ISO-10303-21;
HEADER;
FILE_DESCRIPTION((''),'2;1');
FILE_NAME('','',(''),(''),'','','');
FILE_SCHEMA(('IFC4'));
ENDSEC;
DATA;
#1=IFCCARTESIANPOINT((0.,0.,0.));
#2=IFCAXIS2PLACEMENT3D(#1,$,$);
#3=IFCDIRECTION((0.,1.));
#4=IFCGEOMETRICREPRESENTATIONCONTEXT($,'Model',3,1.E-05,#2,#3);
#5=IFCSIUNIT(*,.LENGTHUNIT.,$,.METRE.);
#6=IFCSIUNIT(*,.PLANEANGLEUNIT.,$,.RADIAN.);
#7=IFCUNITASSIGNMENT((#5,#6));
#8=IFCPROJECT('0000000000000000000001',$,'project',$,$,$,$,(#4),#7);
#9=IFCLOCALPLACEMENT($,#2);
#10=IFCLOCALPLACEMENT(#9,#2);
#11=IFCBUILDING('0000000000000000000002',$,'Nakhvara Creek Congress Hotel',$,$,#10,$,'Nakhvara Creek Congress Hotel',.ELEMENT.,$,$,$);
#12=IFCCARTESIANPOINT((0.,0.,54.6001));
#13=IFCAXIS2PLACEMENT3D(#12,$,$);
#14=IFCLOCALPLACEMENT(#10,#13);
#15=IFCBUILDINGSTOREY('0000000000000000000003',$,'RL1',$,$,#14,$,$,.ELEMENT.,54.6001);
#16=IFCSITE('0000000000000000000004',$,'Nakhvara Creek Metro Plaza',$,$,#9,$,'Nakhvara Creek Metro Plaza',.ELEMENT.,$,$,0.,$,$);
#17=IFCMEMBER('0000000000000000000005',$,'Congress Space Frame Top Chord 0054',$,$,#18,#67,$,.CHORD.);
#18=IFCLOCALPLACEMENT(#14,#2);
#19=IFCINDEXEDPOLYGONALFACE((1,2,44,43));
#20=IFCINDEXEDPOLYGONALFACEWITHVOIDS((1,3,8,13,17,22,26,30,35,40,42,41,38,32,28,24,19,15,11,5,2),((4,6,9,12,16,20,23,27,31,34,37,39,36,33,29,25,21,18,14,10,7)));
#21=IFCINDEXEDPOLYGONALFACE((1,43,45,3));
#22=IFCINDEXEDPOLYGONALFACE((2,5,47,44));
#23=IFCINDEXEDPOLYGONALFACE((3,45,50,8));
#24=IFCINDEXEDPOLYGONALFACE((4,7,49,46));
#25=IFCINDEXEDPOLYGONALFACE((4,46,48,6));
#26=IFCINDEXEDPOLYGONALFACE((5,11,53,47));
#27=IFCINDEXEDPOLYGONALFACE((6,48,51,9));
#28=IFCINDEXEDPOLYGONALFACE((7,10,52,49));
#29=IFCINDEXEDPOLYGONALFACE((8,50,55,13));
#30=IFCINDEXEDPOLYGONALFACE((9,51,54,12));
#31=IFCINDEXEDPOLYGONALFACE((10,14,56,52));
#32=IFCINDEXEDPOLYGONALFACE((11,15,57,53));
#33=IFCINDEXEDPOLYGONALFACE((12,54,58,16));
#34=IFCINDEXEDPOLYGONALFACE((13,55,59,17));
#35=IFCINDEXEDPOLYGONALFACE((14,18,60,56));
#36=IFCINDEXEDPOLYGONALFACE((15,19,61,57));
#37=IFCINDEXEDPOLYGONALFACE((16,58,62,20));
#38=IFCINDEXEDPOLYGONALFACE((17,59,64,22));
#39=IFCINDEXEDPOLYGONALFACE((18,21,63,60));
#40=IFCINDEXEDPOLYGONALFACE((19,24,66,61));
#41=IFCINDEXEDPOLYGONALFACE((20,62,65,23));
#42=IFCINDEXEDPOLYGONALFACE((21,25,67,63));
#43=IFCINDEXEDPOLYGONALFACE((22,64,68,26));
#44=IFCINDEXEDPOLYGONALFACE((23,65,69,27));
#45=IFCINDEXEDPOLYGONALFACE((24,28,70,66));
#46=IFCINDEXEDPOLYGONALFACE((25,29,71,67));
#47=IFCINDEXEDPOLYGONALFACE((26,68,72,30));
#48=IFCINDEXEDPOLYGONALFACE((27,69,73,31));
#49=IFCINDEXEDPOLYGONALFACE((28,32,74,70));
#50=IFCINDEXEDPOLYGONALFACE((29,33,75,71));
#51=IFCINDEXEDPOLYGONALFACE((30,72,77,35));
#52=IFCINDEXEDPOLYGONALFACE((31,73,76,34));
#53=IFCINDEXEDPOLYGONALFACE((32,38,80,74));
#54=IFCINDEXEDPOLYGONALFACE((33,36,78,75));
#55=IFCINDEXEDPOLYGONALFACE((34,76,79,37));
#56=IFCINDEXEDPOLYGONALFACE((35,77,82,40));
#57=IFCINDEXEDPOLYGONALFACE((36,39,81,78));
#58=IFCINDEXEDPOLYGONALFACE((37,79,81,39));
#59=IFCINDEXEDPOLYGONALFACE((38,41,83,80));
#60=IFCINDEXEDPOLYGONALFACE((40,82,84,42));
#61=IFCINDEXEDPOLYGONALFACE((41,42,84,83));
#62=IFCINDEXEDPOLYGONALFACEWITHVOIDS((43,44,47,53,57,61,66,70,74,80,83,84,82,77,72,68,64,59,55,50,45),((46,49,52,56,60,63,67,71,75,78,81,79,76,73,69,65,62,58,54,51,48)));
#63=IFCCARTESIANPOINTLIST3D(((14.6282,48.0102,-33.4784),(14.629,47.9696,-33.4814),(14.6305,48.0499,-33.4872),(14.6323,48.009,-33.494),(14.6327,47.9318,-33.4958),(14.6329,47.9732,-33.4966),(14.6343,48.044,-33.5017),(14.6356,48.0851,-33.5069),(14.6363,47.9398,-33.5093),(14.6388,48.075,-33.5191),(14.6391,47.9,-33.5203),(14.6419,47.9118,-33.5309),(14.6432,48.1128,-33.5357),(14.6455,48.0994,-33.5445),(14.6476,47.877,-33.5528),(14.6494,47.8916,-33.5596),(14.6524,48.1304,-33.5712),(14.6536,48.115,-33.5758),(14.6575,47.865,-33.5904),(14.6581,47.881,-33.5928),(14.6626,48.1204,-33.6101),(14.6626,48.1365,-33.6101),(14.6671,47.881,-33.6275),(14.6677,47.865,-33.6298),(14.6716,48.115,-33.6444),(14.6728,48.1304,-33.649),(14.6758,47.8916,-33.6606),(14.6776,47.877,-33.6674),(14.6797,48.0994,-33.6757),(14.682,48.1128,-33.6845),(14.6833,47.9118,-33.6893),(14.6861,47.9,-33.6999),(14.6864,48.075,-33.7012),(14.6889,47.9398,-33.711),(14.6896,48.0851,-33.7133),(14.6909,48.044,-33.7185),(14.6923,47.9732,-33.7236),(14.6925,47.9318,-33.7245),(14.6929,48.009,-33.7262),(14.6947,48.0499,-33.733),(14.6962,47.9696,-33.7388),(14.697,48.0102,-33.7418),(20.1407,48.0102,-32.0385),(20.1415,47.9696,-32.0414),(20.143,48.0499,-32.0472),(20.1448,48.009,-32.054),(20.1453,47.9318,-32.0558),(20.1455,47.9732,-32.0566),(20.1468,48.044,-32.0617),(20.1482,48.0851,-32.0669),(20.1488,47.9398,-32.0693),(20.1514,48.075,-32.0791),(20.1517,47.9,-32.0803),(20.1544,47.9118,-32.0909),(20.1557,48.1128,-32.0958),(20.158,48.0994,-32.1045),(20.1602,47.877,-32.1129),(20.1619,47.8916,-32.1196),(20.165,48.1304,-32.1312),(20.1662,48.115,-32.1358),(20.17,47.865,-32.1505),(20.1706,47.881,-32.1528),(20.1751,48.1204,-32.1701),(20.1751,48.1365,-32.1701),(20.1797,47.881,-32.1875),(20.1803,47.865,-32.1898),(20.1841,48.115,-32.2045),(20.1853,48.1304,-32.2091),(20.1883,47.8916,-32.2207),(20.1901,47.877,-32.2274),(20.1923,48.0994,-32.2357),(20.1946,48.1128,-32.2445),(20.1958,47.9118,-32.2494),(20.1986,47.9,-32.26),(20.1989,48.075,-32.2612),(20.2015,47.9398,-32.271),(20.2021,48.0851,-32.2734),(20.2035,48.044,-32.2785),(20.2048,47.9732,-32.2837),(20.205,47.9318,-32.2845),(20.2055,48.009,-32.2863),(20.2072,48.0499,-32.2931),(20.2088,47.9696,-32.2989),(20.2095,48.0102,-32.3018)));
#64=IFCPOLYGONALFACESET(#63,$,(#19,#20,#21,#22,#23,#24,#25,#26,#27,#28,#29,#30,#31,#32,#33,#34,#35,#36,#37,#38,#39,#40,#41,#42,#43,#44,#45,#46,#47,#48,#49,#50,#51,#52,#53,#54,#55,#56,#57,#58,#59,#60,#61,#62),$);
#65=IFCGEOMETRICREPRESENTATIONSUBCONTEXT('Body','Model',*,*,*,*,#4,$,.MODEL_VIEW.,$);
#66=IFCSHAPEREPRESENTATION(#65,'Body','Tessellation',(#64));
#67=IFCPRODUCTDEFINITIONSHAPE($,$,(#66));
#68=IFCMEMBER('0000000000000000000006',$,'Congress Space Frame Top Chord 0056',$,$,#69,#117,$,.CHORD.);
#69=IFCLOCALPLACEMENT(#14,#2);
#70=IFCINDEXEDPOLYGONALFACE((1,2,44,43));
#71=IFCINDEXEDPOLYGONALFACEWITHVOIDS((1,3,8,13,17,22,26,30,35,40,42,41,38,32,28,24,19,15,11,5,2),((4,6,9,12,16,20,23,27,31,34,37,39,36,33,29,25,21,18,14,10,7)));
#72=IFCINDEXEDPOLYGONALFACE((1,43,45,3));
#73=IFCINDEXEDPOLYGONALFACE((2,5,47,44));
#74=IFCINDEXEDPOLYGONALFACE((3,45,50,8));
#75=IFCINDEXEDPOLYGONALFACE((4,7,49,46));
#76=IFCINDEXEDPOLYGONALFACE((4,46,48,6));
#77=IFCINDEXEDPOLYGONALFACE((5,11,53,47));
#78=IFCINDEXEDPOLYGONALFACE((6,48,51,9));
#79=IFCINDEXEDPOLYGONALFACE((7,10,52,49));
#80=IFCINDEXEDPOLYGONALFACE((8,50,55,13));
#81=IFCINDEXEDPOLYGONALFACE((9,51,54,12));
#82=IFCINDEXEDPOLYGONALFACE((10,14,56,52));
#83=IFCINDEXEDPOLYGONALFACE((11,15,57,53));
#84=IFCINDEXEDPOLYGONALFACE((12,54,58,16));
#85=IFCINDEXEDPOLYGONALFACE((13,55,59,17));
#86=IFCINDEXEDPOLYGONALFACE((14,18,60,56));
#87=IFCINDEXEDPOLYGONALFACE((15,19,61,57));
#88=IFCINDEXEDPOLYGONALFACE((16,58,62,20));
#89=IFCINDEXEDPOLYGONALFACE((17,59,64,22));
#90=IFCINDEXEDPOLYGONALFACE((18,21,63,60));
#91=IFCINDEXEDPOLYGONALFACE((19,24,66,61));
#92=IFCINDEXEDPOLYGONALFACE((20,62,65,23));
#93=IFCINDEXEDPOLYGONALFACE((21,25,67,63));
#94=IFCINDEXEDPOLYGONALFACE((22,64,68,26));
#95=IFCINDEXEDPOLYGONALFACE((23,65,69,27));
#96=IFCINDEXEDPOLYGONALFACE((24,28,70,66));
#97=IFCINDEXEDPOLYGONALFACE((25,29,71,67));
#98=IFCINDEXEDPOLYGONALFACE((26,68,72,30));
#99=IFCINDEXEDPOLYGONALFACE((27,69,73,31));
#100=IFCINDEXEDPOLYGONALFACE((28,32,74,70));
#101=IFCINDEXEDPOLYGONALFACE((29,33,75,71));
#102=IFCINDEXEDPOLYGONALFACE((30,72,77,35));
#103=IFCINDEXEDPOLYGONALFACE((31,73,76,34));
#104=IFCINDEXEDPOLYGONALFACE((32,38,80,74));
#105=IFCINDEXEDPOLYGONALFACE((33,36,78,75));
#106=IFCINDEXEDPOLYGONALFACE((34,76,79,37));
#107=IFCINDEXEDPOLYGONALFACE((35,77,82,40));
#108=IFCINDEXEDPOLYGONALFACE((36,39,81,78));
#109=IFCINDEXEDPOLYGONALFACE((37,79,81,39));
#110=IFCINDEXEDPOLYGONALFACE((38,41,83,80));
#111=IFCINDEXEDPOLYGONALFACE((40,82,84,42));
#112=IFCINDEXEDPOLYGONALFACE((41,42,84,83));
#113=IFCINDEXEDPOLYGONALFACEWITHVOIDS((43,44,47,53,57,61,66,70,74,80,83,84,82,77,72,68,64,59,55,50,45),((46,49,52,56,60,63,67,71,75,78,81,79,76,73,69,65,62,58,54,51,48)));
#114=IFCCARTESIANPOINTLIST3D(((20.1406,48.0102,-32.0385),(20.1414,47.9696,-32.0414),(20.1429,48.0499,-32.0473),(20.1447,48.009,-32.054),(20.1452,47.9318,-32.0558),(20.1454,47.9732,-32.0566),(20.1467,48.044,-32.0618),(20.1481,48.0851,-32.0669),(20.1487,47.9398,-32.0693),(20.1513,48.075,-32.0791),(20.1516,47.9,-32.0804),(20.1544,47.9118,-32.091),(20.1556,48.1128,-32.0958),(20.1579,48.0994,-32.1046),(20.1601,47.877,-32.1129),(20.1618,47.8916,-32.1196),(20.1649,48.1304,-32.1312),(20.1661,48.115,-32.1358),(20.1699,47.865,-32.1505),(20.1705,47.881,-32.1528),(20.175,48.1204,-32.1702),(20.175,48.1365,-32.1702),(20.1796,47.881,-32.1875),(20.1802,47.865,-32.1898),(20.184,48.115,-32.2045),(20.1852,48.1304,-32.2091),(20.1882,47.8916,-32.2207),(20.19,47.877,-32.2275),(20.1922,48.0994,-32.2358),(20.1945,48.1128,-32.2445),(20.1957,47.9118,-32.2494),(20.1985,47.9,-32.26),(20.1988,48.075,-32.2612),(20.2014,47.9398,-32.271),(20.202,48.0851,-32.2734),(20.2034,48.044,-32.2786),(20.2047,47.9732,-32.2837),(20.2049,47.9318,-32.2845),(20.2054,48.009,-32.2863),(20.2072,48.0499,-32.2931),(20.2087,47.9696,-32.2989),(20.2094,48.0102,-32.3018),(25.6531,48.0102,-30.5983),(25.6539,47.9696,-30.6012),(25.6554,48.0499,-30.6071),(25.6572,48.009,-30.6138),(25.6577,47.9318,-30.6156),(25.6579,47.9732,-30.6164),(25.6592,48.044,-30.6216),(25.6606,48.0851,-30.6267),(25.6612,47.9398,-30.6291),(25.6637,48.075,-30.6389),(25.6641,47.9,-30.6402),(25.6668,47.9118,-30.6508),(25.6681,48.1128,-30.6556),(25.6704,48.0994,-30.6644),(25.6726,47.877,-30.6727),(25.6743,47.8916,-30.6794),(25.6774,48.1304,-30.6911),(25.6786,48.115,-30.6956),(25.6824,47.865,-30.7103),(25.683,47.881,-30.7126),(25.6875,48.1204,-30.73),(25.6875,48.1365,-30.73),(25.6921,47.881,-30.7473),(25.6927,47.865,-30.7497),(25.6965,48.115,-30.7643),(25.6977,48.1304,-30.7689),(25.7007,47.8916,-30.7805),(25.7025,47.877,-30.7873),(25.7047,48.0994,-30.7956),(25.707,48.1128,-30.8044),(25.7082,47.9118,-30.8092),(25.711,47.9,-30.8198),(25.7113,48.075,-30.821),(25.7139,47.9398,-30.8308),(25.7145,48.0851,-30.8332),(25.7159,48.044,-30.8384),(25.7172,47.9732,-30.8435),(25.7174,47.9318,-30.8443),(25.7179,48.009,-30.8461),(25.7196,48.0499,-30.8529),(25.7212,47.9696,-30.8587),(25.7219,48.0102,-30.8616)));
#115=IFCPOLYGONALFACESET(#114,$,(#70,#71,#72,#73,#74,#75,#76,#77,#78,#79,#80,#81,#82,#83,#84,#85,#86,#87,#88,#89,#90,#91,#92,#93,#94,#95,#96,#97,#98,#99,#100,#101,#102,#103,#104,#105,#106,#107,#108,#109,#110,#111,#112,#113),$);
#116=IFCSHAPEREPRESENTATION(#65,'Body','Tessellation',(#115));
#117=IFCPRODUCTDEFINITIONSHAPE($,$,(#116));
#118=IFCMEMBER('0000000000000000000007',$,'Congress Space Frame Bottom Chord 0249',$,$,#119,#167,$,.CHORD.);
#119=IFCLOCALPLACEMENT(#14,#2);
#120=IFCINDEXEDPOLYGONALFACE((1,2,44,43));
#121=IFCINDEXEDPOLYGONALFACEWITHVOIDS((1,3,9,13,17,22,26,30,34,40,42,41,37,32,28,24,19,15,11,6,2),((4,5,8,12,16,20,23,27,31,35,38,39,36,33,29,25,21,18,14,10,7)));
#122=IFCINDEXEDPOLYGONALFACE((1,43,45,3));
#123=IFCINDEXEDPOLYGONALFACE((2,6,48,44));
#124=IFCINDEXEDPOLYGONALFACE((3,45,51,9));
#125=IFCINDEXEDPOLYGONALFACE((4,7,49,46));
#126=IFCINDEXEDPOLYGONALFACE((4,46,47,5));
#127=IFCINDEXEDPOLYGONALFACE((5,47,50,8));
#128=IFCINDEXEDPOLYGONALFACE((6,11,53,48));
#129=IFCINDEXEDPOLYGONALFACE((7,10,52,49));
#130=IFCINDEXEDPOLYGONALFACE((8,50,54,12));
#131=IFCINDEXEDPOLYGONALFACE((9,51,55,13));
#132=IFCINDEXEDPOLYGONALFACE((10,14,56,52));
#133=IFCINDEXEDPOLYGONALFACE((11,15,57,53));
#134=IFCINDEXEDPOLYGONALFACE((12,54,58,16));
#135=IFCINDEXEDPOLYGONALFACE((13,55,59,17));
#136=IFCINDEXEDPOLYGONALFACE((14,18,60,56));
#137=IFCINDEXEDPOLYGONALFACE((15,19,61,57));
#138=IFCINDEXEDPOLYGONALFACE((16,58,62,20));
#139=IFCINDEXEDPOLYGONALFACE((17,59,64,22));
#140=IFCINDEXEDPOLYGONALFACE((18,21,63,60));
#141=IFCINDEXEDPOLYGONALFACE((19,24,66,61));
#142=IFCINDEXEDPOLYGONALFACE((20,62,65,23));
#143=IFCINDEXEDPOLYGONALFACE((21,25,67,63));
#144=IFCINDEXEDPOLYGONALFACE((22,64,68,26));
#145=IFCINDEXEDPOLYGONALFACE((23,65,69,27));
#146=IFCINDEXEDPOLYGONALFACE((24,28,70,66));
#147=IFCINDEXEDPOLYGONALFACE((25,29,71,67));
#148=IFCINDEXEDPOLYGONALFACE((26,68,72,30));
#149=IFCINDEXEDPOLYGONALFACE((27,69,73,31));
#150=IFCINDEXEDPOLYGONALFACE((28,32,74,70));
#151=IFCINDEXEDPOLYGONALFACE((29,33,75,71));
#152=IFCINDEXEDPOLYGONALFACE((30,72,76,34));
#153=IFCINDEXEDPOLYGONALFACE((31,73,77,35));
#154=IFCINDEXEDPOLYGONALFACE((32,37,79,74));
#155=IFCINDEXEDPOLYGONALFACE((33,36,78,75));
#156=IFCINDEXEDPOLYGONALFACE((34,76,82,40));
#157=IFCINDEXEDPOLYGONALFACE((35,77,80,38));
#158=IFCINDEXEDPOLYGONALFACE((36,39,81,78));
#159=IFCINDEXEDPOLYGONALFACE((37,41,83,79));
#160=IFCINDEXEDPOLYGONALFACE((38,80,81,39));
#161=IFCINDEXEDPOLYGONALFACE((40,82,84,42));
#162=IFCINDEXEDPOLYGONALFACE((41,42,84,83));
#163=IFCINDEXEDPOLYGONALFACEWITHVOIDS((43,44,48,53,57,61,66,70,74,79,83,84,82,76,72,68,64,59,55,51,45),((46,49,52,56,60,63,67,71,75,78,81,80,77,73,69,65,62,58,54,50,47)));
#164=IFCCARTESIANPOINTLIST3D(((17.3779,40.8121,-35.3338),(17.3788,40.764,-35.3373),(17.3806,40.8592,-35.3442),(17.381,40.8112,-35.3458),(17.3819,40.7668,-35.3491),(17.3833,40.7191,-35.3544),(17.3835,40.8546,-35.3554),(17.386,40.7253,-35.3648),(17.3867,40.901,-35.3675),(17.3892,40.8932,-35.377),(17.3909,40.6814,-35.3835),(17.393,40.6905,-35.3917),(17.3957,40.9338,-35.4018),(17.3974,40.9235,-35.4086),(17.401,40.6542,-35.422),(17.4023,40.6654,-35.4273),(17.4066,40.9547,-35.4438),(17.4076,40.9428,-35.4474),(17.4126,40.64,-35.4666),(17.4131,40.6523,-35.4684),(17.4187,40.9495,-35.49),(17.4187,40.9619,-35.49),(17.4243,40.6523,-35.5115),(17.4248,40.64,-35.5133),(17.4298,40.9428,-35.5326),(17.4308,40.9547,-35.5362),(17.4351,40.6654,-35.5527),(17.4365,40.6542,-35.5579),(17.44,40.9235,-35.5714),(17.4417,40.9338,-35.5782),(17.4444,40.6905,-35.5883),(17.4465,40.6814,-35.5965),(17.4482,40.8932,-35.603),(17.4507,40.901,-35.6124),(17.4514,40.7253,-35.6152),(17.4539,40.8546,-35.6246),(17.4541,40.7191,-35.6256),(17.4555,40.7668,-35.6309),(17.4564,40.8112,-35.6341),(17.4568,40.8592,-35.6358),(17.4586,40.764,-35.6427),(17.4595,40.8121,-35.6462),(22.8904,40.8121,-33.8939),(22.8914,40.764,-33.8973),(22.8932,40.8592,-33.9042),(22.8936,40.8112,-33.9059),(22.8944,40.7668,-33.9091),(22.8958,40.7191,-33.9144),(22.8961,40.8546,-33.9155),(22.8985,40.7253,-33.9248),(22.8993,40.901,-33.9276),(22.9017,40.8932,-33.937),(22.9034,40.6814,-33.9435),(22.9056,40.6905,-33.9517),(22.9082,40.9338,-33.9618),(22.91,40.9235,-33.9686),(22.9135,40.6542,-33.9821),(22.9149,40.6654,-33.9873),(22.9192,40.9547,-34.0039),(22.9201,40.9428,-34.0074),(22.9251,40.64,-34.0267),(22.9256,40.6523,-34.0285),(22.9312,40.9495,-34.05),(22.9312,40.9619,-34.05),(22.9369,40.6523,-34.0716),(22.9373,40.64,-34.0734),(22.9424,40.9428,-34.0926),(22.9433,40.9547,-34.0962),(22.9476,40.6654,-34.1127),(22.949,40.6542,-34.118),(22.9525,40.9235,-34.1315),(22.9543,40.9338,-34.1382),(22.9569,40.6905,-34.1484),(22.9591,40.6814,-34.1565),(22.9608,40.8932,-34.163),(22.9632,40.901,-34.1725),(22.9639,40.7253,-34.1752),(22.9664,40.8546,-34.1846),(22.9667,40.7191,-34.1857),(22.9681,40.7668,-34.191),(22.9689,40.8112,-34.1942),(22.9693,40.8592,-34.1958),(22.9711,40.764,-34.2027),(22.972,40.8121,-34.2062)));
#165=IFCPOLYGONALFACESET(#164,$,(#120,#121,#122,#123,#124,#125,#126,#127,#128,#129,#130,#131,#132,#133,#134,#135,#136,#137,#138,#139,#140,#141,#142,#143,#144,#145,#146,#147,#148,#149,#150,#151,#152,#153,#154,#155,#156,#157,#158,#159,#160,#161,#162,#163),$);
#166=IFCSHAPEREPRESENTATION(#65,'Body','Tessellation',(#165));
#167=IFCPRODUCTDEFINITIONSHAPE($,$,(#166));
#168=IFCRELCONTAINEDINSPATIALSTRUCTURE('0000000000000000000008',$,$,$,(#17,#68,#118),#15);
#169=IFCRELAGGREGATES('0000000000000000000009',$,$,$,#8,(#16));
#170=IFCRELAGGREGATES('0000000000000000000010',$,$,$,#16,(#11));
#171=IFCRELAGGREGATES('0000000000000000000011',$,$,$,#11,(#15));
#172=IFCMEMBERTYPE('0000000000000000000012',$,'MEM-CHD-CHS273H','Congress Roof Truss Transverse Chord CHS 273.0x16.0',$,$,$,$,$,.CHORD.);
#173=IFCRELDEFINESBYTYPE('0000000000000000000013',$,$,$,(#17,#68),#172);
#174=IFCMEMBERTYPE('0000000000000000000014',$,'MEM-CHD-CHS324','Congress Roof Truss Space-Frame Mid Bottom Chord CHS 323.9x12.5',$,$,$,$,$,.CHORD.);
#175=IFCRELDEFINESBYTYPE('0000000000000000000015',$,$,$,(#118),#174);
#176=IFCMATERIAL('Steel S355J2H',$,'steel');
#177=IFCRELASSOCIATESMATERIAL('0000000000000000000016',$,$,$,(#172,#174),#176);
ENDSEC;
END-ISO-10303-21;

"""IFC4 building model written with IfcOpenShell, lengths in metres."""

from ifc_helpers import new_model, si_unit, direction, frame, origin, origin_2d, place, context, subcontext, project, spatial, hollow_circle, extrude, material, material_profile, profile_set, type_object, element, save


model = new_model("IFC4")

# Units and contexts
model_context = context("Model", 3, precision=1e-05, world=origin(), true_north=direction((0.0, 1.0)))
body_context = subcontext(model_context, "Body", "Model", "MODEL_VIEW")
ifc_project = project(units=[si_unit("LENGTHUNIT", "METRE"), si_unit("PLANEANGLEUNIT", "RADIAN")], contexts=[model_context])

# Site, building, storey
site_placement = place(None, origin())
site = spatial("IfcSite", under=ifc_project, at=site_placement, Name="Nakhvara Creek Metro Plaza", LongName="Nakhvara Creek Metro Plaza", CompositionType="ELEMENT", RefElevation=0.0)
building_placement = place(site_placement, origin())
building = spatial("IfcBuilding", under=site, at=building_placement, Name="Nakhvara Creek Congress Hotel", LongName="Nakhvara Creek Congress Hotel", CompositionType="ELEMENT")
storey_placement = place(building_placement, frame((0.0, 0.0, 54.6001)))
storey = spatial("IfcBuildingStorey", under=building, at=storey_placement, Name="RL1", CompositionType="ELEMENT", Elevation=54.6001)

# Members
ifc_material_1 = material(Name="Steel S355J2H", Category="steel")
ifc_material_profile_1 = material_profile(ifc_material_1, hollow_circle(Radius=0.1365, WallThickness=0.0161, at=origin_2d()), Name="CHS 273.0x16.0", Category="LoadBearing")
ifc_profile_set_1 = profile_set([ifc_material_profile_1], Name="Steel S355J2H")
member_type_1 = type_object("IfcMemberType", Name="MEM-CHD-CHS273H", Description="Congress Roof Truss Transverse Chord CHS 273.0x16.0", PredefinedType="CHORD", material=ifc_profile_set_1)
for number, where, z_axis, x_axis, name in (
    (1, (14.6626, 48.0, -33.6101), (0.967535, 0.0, 0.252736), (0.0, 1.0, 0.0), "Congress Space Frame Top Chord 0054"),
    (2, (20.175, 48.0, -32.1702), (0.967525, 0.0, 0.252776), (0.0, 1.0, 0.0), "Congress Space Frame Top Chord 0056"),
):
    element("IfcMember", number, at=place(storey_placement, frame(where, z_axis=z_axis, x_axis=x_axis)), inside=storey, type_object=member_type_1, Name=name, PredefinedType="CHORD", context=body_context, shape_type="SweptSolid", body=[
        extrude(hollow_circle(Radius=0.1365, WallThickness=0.0161, at=origin_2d()), origin(), (0.0, 0.0, 1.0), 5.6975),
    ])
ifc_material_profile_2 = material_profile(ifc_material_1, hollow_circle(Radius=0.1619, WallThickness=0.0125, at=origin_2d()), Name="CHS 323.9x12.5", Category="LoadBearing")
ifc_profile_set_2 = profile_set([ifc_material_profile_2], Name="Steel S355J2H")
member_type_2 = type_object("IfcMemberType", Name="MEM-CHD-CHS324", Description="Congress Roof Truss Space-Frame Mid Bottom Chord CHS 323.9x12.5", PredefinedType="CHORD", material=ifc_profile_set_2)
member_1_placement = place(storey_placement, frame((17.4187, 40.8, -35.49), z_axis=(0.967535, 0.0, 0.252736), x_axis=(0.0, 1.0, 0.0)))
element("IfcMember", 3, at=member_1_placement, inside=storey, type_object=member_type_2, Name="Congress Space Frame Bottom Chord 0249", PredefinedType="CHORD", context=body_context, shape_type="SweptSolid", body=[
    extrude(hollow_circle(Radius=0.1619, WallThickness=0.0125, at=origin_2d()), origin(), (0.0, 0.0, 1.0), 5.6975),
])

save(model, "model.ifc")
